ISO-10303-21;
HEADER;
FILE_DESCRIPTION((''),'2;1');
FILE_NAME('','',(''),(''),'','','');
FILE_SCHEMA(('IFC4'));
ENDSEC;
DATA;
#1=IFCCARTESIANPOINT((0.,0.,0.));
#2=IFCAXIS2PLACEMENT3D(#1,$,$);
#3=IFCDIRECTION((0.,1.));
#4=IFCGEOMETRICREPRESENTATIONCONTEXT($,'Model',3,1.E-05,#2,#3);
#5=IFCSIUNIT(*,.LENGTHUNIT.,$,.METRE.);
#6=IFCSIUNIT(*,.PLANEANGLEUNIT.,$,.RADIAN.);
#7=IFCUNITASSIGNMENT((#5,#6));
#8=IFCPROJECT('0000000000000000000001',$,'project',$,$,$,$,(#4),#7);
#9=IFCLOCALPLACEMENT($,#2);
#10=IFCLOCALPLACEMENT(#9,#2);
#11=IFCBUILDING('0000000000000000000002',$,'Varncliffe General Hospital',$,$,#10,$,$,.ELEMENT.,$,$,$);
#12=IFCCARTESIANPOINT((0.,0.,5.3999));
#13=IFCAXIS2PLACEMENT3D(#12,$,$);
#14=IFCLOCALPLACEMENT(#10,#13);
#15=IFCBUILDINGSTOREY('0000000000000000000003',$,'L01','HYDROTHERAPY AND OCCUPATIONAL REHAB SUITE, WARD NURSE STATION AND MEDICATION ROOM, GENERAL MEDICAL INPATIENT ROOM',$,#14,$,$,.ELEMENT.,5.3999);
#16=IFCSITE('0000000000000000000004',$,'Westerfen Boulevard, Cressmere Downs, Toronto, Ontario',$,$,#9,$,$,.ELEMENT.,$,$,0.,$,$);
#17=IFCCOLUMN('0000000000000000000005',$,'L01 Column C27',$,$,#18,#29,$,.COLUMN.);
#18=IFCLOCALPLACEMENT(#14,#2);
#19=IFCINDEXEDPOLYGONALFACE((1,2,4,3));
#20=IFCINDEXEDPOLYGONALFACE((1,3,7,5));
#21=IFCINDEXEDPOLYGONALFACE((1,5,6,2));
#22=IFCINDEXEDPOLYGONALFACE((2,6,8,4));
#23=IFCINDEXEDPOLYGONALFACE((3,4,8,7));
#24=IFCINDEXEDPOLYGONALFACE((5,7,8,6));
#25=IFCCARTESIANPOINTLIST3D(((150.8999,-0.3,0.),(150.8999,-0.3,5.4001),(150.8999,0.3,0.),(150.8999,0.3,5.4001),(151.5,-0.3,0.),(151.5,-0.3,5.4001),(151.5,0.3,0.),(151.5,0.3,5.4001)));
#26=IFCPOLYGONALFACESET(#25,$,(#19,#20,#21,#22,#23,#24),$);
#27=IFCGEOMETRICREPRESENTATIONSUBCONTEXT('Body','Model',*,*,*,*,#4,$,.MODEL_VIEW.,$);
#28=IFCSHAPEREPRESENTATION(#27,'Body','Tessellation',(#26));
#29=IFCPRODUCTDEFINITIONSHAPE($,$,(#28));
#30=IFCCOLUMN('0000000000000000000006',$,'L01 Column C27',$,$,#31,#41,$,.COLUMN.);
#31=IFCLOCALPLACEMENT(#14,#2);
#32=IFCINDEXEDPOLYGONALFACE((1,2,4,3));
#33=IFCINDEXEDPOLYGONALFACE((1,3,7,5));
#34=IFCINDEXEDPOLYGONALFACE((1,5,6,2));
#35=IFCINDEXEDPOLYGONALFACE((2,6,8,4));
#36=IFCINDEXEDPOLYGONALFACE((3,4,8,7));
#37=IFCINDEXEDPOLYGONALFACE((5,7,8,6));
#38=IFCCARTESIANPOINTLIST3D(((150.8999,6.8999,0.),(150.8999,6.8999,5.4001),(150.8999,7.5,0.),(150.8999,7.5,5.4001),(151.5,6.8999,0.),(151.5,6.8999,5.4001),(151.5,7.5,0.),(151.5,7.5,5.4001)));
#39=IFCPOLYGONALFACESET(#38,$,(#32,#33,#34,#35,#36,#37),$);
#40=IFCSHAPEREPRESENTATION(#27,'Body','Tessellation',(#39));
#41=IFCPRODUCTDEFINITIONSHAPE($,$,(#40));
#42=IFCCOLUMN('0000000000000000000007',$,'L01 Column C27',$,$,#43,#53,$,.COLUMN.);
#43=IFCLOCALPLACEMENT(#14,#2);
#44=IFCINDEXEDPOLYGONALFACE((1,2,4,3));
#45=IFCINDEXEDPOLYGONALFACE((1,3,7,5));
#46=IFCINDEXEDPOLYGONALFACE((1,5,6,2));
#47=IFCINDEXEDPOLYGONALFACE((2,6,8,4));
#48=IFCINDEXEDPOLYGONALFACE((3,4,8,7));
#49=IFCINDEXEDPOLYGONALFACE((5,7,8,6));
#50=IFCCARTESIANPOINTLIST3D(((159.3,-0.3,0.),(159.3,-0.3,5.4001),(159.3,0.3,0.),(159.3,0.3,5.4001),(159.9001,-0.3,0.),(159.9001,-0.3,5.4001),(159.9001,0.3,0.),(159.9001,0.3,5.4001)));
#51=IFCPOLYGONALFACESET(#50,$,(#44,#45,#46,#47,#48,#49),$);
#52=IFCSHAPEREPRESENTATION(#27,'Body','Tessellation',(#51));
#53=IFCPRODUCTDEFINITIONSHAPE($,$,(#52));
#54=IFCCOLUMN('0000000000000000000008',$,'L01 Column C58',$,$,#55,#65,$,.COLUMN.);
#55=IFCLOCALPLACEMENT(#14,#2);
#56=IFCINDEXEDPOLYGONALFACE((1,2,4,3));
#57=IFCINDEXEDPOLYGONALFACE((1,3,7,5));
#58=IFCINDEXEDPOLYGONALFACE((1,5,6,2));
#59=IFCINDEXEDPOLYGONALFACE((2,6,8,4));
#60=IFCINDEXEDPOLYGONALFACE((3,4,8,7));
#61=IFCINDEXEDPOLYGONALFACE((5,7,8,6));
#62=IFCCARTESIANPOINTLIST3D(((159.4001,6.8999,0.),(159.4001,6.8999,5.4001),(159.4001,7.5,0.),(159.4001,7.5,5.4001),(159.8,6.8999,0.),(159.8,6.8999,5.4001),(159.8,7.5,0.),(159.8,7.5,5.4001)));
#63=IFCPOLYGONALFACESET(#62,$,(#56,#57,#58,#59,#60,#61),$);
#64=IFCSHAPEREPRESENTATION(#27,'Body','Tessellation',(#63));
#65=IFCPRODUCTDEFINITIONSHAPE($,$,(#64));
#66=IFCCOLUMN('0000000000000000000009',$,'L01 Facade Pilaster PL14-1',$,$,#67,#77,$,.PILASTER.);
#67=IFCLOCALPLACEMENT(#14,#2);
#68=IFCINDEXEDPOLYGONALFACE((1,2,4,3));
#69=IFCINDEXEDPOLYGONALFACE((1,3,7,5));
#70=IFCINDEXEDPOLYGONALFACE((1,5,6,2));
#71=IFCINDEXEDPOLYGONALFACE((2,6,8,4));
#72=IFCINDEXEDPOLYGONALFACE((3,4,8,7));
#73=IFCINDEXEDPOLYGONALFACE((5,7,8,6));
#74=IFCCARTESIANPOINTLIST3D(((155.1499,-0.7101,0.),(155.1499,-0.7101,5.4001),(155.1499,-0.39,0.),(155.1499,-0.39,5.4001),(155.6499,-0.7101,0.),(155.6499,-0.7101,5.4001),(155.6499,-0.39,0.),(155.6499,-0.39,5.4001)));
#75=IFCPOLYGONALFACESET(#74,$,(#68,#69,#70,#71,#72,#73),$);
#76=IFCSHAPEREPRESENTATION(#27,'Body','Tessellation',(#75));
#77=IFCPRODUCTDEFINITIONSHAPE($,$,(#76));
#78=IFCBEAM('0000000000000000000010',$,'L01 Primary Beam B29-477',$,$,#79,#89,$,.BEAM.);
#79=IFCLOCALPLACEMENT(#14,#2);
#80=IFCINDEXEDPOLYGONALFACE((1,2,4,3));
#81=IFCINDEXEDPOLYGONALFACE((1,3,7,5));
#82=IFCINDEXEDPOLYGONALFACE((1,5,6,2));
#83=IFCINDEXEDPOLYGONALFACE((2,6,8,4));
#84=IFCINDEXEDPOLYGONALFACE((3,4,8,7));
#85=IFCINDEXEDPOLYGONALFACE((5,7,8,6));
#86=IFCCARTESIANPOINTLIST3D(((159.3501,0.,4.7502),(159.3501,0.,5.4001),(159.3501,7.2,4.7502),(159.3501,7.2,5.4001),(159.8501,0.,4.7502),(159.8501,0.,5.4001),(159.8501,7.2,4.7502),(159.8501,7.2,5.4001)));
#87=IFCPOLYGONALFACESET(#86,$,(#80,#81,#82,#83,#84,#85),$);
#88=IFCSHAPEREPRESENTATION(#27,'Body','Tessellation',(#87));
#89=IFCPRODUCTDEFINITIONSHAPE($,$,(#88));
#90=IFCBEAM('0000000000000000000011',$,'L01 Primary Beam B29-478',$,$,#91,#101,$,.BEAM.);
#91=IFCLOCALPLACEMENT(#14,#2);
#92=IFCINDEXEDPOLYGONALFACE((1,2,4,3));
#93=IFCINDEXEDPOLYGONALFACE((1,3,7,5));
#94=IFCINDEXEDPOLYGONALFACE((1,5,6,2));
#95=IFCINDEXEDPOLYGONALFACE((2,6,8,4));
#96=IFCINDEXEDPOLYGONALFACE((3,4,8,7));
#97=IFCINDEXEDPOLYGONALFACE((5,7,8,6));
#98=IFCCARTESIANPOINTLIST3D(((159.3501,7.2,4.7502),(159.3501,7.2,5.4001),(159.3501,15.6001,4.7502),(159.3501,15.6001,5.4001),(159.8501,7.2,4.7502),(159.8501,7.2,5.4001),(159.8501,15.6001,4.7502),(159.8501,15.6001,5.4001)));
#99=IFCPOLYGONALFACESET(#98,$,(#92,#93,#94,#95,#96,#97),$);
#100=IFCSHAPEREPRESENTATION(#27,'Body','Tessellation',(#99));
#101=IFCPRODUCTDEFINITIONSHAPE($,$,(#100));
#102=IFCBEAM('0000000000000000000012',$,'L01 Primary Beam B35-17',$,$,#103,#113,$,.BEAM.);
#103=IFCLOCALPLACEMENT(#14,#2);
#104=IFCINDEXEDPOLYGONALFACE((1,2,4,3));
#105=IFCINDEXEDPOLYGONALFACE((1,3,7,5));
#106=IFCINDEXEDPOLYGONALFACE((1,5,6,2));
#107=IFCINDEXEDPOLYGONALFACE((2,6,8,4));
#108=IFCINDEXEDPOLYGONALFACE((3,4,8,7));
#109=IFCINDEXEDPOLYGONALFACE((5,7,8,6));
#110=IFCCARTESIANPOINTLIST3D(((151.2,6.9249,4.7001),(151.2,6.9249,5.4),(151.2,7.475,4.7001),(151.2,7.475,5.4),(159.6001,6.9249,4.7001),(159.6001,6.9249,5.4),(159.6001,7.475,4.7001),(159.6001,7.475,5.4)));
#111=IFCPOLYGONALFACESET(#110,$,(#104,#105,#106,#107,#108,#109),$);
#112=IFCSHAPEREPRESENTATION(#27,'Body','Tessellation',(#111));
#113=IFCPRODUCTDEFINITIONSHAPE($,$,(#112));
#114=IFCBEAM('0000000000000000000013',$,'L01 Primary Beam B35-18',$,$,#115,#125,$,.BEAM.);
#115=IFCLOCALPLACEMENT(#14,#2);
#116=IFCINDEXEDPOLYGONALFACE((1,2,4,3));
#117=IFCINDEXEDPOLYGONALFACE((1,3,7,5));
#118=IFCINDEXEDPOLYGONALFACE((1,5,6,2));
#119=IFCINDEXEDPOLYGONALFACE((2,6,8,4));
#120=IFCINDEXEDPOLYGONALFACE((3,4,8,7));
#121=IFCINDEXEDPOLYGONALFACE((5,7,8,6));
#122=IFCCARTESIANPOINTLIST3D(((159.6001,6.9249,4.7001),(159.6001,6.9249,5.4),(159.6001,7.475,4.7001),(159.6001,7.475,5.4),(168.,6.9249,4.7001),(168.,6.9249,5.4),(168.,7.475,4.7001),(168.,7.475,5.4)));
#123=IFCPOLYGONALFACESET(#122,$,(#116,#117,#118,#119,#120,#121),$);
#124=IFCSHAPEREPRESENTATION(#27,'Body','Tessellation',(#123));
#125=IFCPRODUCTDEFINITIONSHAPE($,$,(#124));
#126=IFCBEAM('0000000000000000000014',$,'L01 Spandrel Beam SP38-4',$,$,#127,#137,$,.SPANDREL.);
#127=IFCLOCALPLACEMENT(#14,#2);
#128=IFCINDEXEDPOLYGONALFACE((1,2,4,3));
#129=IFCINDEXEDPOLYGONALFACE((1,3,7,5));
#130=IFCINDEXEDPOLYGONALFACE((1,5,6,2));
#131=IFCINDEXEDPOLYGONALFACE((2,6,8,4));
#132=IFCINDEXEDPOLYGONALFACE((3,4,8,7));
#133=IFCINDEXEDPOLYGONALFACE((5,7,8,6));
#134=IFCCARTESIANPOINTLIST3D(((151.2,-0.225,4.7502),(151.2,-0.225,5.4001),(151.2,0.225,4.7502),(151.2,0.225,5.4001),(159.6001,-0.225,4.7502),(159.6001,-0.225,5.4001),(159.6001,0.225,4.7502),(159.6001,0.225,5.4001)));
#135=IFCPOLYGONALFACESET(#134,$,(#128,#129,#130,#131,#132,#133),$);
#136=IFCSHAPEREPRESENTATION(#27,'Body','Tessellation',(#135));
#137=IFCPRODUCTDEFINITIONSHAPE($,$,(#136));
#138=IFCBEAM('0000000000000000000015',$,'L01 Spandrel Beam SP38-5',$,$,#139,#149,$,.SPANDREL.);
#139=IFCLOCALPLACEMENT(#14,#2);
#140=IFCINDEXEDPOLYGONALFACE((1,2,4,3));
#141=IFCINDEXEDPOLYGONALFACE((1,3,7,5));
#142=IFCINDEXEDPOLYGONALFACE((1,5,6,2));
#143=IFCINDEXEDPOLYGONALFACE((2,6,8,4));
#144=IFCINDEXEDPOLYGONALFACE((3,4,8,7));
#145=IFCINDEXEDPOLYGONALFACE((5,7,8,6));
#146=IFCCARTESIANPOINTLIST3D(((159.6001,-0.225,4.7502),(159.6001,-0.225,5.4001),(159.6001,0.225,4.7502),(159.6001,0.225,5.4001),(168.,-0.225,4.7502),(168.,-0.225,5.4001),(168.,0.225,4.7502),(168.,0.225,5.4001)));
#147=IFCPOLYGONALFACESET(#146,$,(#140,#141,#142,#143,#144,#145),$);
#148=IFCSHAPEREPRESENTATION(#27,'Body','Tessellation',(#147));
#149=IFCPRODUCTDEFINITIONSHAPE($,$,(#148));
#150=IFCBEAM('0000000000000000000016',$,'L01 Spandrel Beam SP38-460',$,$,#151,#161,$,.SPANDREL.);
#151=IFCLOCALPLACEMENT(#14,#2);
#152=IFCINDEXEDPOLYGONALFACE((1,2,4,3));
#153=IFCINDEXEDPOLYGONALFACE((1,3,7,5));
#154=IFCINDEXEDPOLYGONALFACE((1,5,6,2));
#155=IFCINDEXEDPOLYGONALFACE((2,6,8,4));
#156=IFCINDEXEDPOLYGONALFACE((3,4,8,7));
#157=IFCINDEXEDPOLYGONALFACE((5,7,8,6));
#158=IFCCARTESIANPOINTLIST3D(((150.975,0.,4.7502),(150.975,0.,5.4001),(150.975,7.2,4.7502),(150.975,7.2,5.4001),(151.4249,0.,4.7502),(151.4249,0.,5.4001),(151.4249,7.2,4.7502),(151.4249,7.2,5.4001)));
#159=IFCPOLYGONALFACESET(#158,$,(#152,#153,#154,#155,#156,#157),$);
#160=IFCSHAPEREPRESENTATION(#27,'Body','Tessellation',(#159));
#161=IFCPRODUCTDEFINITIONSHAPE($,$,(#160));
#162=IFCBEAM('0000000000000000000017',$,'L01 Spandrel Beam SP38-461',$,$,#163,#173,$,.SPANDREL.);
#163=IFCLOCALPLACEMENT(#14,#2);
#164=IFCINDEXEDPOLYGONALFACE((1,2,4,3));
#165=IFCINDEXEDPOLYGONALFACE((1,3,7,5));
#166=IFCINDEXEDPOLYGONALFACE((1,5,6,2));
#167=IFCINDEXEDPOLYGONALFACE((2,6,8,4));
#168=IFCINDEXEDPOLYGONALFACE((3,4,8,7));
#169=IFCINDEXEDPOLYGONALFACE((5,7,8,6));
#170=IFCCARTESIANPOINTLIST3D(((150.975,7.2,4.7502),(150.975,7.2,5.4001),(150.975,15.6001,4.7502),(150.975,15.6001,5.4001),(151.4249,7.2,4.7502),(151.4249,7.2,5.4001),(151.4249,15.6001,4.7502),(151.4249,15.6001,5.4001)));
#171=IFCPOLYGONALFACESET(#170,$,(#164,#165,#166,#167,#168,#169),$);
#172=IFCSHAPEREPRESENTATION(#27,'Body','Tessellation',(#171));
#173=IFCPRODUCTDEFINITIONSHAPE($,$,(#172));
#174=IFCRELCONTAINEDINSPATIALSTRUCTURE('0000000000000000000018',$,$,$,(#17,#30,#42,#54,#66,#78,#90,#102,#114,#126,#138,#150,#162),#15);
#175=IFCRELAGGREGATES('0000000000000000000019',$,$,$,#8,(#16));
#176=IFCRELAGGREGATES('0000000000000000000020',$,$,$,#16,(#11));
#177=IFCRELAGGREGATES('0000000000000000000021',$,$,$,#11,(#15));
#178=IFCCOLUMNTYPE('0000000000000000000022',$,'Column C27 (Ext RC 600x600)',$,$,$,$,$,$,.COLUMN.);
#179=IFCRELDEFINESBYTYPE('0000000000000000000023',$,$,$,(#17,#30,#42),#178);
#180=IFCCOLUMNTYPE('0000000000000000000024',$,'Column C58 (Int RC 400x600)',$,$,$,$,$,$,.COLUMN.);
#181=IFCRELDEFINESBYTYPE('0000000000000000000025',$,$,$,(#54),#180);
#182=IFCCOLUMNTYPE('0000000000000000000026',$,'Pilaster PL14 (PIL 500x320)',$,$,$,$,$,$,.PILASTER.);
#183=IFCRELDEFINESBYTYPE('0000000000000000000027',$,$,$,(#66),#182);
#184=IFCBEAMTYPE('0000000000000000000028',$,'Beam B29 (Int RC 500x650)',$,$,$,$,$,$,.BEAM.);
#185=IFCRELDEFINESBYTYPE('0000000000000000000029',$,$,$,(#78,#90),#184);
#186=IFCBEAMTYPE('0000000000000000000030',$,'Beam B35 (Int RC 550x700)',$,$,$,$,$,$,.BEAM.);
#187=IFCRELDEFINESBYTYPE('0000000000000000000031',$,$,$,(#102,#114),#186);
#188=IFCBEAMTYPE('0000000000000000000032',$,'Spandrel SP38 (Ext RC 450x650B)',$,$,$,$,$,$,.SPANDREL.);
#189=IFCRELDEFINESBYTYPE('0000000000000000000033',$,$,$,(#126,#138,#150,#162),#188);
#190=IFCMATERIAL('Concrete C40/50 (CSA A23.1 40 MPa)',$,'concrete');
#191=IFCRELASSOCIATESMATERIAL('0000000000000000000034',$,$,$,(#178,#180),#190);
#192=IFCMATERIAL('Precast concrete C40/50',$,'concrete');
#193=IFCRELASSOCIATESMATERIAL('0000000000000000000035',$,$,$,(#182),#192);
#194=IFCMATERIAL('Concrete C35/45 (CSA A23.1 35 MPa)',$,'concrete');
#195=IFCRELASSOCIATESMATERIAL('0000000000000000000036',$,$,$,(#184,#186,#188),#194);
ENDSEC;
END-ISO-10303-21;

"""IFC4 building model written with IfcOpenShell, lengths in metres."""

from ifc_helpers import new_model, si_unit, direction, frame, origin, origin_2d, place, context, subcontext, project, spatial, rectangle, extrude, material, material_profile, profile_set, type_object, element, save


model = new_model("IFC4")

# Units and contexts
model_context = context("Model", 3, precision=1e-05, world=origin(), true_north=direction((0.0, 1.0)))
body_context = subcontext(model_context, "Body", "Model", "MODEL_VIEW")
ifc_project = project(units=[si_unit("LENGTHUNIT", "METRE"), si_unit("PLANEANGLEUNIT", "RADIAN")], contexts=[model_context])

# Site, building, storey
site_placement = place(None, origin())
site = spatial("IfcSite", under=ifc_project, at=site_placement, Name="Westerfen Boulevard, Cressmere Downs, Toronto, Ontario", CompositionType="ELEMENT", RefElevation=0.0)
building_placement = place(site_placement, origin())
building = spatial("IfcBuilding", under=site, at=building_placement, Name="Varncliffe General Hospital", CompositionType="ELEMENT")
storey_placement = place(building_placement, frame((0.0, 0.0, 5.3999)))
storey = spatial("IfcBuildingStorey", under=building, at=storey_placement, Name="L01", Description="HYDROTHERAPY AND OCCUPATIONAL REHAB SUITE, WARD NURSE STATION AND MEDICATION ROOM, GENERAL MEDICAL INPATIENT ROOM", CompositionType="ELEMENT", Elevation=5.3999)

# Columns
ifc_material_1 = material(Name="Concrete C40/50 (CSA A23.1 40 MPa)", Category="concrete")
ifc_material_profile_1 = material_profile(ifc_material_1, rectangle(XDim=0.6001, YDim=0.6001, at=origin_2d()), Name="RC 600x600")
ifc_profile_set_1 = profile_set([ifc_material_profile_1], Name="Concrete C40/50 (CSA A23.1 40 MPa)")
column_type_1 = type_object("IfcColumnType", Name="Column C27 (Ext RC 600x600)", PredefinedType="COLUMN", material=ifc_profile_set_1)
for number, where, z_axis, x_axis, name in (
    (1, (151.2, 0.0, 0.0), (0.0, 0.0, 1.0), (1.0, 0.0, 0.0), "L01 Column C27"),
    (2, (151.2, 7.2, 0.0), (0.0, 0.0, 1.0), (1.0, 0.0, 0.0), "L01 Column C27"),
    (3, (159.6001, 0.0, 0.0), (0.0, 0.0, 1.0), (1.0, 0.0, 0.0), "L01 Column C27"),
):
    element("IfcColumn", number, at=place(storey_placement, frame(where, z_axis=z_axis, x_axis=x_axis)), inside=storey, type_object=column_type_1, Name=name, PredefinedType="COLUMN", context=body_context, shape_type="SweptSolid", body=[
        extrude(rectangle(XDim=0.6001, YDim=0.6001, at=origin_2d()), origin(), (0.0, 0.0, 1.0), 5.4001),
    ])
ifc_material_profile_2 = material_profile(ifc_material_1, rectangle(XDim=0.3999, YDim=0.6001, at=origin_2d()), Name="RC 400x600")
ifc_profile_set_2 = profile_set([ifc_material_profile_2], Name="Concrete C40/50 (CSA A23.1 40 MPa)")
column_type_2 = type_object("IfcColumnType", Name="Column C58 (Int RC 400x600)", PredefinedType="COLUMN", material=ifc_profile_set_2)
column_1_placement = place(storey_placement, frame((159.6001, 7.2, 0.0), z_axis=(0.0, 0.0, 1.0), x_axis=(1.0, 0.0, 0.0)))
element("IfcColumn", 4, at=column_1_placement, inside=storey, type_object=column_type_2, Name="L01 Column C58", PredefinedType="COLUMN", context=body_context, shape_type="SweptSolid", body=[
    extrude(rectangle(XDim=0.3999, YDim=0.6001, at=origin_2d()), origin(), (0.0, 0.0, 1.0), 5.4001),
])
ifc_material_2 = material(Name="Precast concrete C40/50", Category="concrete")
ifc_material_profile_3 = material_profile(ifc_material_2, rectangle(XDim=0.5, YDim=0.3201, at=origin_2d()), Name="PIL 500x320")
ifc_profile_set_3 = profile_set([ifc_material_profile_3], Name="Precast concrete C40/50")
column_type_3 = type_object("IfcColumnType", Name="Pilaster PL14 (PIL 500x320)", PredefinedType="PILASTER", material=ifc_profile_set_3)
column_2_placement = place(storey_placement, frame((155.3999, -0.55, 0.0), z_axis=(0.0, 0.0, 1.0), x_axis=(1.0, 0.0, 0.0)))
element("IfcColumn", 5, at=column_2_placement, inside=storey, type_object=column_type_3, Name="L01 Facade Pilaster PL14-1", PredefinedType="PILASTER", context=body_context, shape_type="SweptSolid", body=[
    extrude(rectangle(XDim=0.5, YDim=0.3201, at=origin_2d()), origin(), (0.0, 0.0, 1.0), 5.4001),
])

# Beams
ifc_material_3 = material(Name="Concrete C35/45 (CSA A23.1 35 MPa)", Category="concrete")
ifc_material_profile_4 = material_profile(ifc_material_3, rectangle(XDim=0.5, YDim=0.6499, at=origin_2d()), Name="RC 500x650")
ifc_profile_set_4 = profile_set([ifc_material_profile_4], Name="Concrete C35/45 (CSA A23.1 35 MPa)")
beam_type_1 = type_object("IfcBeamType", Name="Beam B29 (Int RC 500x650)", PredefinedType="BEAM", material=ifc_profile_set_4)
beam_1_placement = place(storey_placement, frame((159.6001, 0.0, 5.0752), z_axis=(0.0, 1.0, 0.0), x_axis=(-1.0, 0.0, 0.0)))
element("IfcBeam", 6, at=beam_1_placement, inside=storey, type_object=beam_type_1, Name="L01 Primary Beam B29-477", PredefinedType="BEAM", context=body_context, shape_type="SweptSolid", body=[
    extrude(rectangle(XDim=0.5, YDim=0.6499, at=origin_2d()), origin(), (0.0, 0.0, 1.0), 7.2),
])
beam_2_placement = place(storey_placement, frame((159.6001, 7.2, 5.0752), z_axis=(0.0, 1.0, 0.0), x_axis=(-1.0, 0.0, 0.0)))
element("IfcBeam", 7, at=beam_2_placement, inside=storey, type_object=beam_type_1, Name="L01 Primary Beam B29-478", PredefinedType="BEAM", context=body_context, shape_type="SweptSolid", body=[
    extrude(rectangle(XDim=0.5, YDim=0.6499, at=origin_2d()), origin(), (0.0, 0.0, 1.0), 8.4001),
])
ifc_material_profile_5 = material_profile(ifc_material_3, rectangle(XDim=0.55, YDim=0.7, at=origin_2d()), Name="RC 550x700")
ifc_profile_set_5 = profile_set([ifc_material_profile_5], Name="Concrete C35/45 (CSA A23.1 35 MPa)")
beam_type_2 = type_object("IfcBeamType", Name="Beam B35 (Int RC 550x700)", PredefinedType="BEAM", material=ifc_profile_set_5)
beam_3_placement = place(storey_placement, frame((151.2, 7.2, 5.05), z_axis=(1.0, 0.0, 0.0), x_axis=(0.0, 1.0, 0.0)))
element("IfcBeam", 8, at=beam_3_placement, inside=storey, type_object=beam_type_2, Name="L01 Primary Beam B35-17", PredefinedType="BEAM", context=body_context, shape_type="SweptSolid", body=[
    extrude(rectangle(XDim=0.55, YDim=0.7, at=origin_2d()), origin(), (0.0, 0.0, 1.0), 8.4001),
])
beam_4_placement = place(storey_placement, frame((159.6001, 7.2, 5.05), z_axis=(1.0, 0.0, 0.0), x_axis=(0.0, 1.0, 0.0)))
element("IfcBeam", 9, at=beam_4_placement, inside=storey, type_object=beam_type_2, Name="L01 Primary Beam B35-18", PredefinedType="BEAM", context=body_context, shape_type="SweptSolid", body=[
    extrude(rectangle(XDim=0.55, YDim=0.7, at=origin_2d()), origin(), (0.0, 0.0, 1.0), 8.3999),
])
ifc_material_profile_6 = material_profile(ifc_material_3, rectangle(XDim=0.45, YDim=0.6499, at=origin_2d()), Name="RC 450x650")
ifc_profile_set_6 = profile_set([ifc_material_profile_6], Name="Concrete C35/45 (CSA A23.1 35 MPa)")
beam_type_3 = type_object("IfcBeamType", Name="Spandrel SP38 (Ext RC 450x650B)", PredefinedType="SPANDREL", material=ifc_profile_set_6)
beam_5_placement = place(storey_placement, frame((151.2, 0.0, 5.0752), z_axis=(1.0, 0.0, 0.0), x_axis=(0.0, 1.0, 0.0)))
element("IfcBeam", 10, at=beam_5_placement, inside=storey, type_object=beam_type_3, Name="L01 Spandrel Beam SP38-4", PredefinedType="SPANDREL", context=body_context, shape_type="SweptSolid", body=[
    extrude(rectangle(XDim=0.45, YDim=0.6499, at=origin_2d()), origin(), (0.0, 0.0, 1.0), 8.4001),
])
beam_6_placement = place(storey_placement, frame((159.6001, 0.0, 5.0752), z_axis=(1.0, 0.0, 0.0), x_axis=(0.0, 1.0, 0.0)))
element("IfcBeam", 11, at=beam_6_placement, inside=storey, type_object=beam_type_3, Name="L01 Spandrel Beam SP38-5", PredefinedType="SPANDREL", context=body_context, shape_type="SweptSolid", body=[
    extrude(rectangle(XDim=0.45, YDim=0.6499, at=origin_2d()), origin(), (0.0, 0.0, 1.0), 8.3999),
])
beam_7_placement = place(storey_placement, frame((151.2, 0.0, 5.0752), z_axis=(0.0, 1.0, 0.0), x_axis=(-1.0, 0.0, 0.0)))
element("IfcBeam", 12, at=beam_7_placement, inside=storey, type_object=beam_type_3, Name="L01 Spandrel Beam SP38-460", PredefinedType="SPANDREL", context=body_context, shape_type="SweptSolid", body=[
    extrude(rectangle(XDim=0.45, YDim=0.6499, at=origin_2d()), origin(), (0.0, 0.0, 1.0), 7.2),
])
beam_8_placement = place(storey_placement, frame((151.2, 7.2, 5.0752), z_axis=(0.0, 1.0, 0.0), x_axis=(-1.0, 0.0, 0.0)))
element("IfcBeam", 13, at=beam_8_placement, inside=storey, type_object=beam_type_3, Name="L01 Spandrel Beam SP38-461", PredefinedType="SPANDREL", context=body_context, shape_type="SweptSolid", body=[
    extrude(rectangle(XDim=0.45, YDim=0.6499, at=origin_2d()), origin(), (0.0, 0.0, 1.0), 8.4001),
])

save(model, "model.ifc")
